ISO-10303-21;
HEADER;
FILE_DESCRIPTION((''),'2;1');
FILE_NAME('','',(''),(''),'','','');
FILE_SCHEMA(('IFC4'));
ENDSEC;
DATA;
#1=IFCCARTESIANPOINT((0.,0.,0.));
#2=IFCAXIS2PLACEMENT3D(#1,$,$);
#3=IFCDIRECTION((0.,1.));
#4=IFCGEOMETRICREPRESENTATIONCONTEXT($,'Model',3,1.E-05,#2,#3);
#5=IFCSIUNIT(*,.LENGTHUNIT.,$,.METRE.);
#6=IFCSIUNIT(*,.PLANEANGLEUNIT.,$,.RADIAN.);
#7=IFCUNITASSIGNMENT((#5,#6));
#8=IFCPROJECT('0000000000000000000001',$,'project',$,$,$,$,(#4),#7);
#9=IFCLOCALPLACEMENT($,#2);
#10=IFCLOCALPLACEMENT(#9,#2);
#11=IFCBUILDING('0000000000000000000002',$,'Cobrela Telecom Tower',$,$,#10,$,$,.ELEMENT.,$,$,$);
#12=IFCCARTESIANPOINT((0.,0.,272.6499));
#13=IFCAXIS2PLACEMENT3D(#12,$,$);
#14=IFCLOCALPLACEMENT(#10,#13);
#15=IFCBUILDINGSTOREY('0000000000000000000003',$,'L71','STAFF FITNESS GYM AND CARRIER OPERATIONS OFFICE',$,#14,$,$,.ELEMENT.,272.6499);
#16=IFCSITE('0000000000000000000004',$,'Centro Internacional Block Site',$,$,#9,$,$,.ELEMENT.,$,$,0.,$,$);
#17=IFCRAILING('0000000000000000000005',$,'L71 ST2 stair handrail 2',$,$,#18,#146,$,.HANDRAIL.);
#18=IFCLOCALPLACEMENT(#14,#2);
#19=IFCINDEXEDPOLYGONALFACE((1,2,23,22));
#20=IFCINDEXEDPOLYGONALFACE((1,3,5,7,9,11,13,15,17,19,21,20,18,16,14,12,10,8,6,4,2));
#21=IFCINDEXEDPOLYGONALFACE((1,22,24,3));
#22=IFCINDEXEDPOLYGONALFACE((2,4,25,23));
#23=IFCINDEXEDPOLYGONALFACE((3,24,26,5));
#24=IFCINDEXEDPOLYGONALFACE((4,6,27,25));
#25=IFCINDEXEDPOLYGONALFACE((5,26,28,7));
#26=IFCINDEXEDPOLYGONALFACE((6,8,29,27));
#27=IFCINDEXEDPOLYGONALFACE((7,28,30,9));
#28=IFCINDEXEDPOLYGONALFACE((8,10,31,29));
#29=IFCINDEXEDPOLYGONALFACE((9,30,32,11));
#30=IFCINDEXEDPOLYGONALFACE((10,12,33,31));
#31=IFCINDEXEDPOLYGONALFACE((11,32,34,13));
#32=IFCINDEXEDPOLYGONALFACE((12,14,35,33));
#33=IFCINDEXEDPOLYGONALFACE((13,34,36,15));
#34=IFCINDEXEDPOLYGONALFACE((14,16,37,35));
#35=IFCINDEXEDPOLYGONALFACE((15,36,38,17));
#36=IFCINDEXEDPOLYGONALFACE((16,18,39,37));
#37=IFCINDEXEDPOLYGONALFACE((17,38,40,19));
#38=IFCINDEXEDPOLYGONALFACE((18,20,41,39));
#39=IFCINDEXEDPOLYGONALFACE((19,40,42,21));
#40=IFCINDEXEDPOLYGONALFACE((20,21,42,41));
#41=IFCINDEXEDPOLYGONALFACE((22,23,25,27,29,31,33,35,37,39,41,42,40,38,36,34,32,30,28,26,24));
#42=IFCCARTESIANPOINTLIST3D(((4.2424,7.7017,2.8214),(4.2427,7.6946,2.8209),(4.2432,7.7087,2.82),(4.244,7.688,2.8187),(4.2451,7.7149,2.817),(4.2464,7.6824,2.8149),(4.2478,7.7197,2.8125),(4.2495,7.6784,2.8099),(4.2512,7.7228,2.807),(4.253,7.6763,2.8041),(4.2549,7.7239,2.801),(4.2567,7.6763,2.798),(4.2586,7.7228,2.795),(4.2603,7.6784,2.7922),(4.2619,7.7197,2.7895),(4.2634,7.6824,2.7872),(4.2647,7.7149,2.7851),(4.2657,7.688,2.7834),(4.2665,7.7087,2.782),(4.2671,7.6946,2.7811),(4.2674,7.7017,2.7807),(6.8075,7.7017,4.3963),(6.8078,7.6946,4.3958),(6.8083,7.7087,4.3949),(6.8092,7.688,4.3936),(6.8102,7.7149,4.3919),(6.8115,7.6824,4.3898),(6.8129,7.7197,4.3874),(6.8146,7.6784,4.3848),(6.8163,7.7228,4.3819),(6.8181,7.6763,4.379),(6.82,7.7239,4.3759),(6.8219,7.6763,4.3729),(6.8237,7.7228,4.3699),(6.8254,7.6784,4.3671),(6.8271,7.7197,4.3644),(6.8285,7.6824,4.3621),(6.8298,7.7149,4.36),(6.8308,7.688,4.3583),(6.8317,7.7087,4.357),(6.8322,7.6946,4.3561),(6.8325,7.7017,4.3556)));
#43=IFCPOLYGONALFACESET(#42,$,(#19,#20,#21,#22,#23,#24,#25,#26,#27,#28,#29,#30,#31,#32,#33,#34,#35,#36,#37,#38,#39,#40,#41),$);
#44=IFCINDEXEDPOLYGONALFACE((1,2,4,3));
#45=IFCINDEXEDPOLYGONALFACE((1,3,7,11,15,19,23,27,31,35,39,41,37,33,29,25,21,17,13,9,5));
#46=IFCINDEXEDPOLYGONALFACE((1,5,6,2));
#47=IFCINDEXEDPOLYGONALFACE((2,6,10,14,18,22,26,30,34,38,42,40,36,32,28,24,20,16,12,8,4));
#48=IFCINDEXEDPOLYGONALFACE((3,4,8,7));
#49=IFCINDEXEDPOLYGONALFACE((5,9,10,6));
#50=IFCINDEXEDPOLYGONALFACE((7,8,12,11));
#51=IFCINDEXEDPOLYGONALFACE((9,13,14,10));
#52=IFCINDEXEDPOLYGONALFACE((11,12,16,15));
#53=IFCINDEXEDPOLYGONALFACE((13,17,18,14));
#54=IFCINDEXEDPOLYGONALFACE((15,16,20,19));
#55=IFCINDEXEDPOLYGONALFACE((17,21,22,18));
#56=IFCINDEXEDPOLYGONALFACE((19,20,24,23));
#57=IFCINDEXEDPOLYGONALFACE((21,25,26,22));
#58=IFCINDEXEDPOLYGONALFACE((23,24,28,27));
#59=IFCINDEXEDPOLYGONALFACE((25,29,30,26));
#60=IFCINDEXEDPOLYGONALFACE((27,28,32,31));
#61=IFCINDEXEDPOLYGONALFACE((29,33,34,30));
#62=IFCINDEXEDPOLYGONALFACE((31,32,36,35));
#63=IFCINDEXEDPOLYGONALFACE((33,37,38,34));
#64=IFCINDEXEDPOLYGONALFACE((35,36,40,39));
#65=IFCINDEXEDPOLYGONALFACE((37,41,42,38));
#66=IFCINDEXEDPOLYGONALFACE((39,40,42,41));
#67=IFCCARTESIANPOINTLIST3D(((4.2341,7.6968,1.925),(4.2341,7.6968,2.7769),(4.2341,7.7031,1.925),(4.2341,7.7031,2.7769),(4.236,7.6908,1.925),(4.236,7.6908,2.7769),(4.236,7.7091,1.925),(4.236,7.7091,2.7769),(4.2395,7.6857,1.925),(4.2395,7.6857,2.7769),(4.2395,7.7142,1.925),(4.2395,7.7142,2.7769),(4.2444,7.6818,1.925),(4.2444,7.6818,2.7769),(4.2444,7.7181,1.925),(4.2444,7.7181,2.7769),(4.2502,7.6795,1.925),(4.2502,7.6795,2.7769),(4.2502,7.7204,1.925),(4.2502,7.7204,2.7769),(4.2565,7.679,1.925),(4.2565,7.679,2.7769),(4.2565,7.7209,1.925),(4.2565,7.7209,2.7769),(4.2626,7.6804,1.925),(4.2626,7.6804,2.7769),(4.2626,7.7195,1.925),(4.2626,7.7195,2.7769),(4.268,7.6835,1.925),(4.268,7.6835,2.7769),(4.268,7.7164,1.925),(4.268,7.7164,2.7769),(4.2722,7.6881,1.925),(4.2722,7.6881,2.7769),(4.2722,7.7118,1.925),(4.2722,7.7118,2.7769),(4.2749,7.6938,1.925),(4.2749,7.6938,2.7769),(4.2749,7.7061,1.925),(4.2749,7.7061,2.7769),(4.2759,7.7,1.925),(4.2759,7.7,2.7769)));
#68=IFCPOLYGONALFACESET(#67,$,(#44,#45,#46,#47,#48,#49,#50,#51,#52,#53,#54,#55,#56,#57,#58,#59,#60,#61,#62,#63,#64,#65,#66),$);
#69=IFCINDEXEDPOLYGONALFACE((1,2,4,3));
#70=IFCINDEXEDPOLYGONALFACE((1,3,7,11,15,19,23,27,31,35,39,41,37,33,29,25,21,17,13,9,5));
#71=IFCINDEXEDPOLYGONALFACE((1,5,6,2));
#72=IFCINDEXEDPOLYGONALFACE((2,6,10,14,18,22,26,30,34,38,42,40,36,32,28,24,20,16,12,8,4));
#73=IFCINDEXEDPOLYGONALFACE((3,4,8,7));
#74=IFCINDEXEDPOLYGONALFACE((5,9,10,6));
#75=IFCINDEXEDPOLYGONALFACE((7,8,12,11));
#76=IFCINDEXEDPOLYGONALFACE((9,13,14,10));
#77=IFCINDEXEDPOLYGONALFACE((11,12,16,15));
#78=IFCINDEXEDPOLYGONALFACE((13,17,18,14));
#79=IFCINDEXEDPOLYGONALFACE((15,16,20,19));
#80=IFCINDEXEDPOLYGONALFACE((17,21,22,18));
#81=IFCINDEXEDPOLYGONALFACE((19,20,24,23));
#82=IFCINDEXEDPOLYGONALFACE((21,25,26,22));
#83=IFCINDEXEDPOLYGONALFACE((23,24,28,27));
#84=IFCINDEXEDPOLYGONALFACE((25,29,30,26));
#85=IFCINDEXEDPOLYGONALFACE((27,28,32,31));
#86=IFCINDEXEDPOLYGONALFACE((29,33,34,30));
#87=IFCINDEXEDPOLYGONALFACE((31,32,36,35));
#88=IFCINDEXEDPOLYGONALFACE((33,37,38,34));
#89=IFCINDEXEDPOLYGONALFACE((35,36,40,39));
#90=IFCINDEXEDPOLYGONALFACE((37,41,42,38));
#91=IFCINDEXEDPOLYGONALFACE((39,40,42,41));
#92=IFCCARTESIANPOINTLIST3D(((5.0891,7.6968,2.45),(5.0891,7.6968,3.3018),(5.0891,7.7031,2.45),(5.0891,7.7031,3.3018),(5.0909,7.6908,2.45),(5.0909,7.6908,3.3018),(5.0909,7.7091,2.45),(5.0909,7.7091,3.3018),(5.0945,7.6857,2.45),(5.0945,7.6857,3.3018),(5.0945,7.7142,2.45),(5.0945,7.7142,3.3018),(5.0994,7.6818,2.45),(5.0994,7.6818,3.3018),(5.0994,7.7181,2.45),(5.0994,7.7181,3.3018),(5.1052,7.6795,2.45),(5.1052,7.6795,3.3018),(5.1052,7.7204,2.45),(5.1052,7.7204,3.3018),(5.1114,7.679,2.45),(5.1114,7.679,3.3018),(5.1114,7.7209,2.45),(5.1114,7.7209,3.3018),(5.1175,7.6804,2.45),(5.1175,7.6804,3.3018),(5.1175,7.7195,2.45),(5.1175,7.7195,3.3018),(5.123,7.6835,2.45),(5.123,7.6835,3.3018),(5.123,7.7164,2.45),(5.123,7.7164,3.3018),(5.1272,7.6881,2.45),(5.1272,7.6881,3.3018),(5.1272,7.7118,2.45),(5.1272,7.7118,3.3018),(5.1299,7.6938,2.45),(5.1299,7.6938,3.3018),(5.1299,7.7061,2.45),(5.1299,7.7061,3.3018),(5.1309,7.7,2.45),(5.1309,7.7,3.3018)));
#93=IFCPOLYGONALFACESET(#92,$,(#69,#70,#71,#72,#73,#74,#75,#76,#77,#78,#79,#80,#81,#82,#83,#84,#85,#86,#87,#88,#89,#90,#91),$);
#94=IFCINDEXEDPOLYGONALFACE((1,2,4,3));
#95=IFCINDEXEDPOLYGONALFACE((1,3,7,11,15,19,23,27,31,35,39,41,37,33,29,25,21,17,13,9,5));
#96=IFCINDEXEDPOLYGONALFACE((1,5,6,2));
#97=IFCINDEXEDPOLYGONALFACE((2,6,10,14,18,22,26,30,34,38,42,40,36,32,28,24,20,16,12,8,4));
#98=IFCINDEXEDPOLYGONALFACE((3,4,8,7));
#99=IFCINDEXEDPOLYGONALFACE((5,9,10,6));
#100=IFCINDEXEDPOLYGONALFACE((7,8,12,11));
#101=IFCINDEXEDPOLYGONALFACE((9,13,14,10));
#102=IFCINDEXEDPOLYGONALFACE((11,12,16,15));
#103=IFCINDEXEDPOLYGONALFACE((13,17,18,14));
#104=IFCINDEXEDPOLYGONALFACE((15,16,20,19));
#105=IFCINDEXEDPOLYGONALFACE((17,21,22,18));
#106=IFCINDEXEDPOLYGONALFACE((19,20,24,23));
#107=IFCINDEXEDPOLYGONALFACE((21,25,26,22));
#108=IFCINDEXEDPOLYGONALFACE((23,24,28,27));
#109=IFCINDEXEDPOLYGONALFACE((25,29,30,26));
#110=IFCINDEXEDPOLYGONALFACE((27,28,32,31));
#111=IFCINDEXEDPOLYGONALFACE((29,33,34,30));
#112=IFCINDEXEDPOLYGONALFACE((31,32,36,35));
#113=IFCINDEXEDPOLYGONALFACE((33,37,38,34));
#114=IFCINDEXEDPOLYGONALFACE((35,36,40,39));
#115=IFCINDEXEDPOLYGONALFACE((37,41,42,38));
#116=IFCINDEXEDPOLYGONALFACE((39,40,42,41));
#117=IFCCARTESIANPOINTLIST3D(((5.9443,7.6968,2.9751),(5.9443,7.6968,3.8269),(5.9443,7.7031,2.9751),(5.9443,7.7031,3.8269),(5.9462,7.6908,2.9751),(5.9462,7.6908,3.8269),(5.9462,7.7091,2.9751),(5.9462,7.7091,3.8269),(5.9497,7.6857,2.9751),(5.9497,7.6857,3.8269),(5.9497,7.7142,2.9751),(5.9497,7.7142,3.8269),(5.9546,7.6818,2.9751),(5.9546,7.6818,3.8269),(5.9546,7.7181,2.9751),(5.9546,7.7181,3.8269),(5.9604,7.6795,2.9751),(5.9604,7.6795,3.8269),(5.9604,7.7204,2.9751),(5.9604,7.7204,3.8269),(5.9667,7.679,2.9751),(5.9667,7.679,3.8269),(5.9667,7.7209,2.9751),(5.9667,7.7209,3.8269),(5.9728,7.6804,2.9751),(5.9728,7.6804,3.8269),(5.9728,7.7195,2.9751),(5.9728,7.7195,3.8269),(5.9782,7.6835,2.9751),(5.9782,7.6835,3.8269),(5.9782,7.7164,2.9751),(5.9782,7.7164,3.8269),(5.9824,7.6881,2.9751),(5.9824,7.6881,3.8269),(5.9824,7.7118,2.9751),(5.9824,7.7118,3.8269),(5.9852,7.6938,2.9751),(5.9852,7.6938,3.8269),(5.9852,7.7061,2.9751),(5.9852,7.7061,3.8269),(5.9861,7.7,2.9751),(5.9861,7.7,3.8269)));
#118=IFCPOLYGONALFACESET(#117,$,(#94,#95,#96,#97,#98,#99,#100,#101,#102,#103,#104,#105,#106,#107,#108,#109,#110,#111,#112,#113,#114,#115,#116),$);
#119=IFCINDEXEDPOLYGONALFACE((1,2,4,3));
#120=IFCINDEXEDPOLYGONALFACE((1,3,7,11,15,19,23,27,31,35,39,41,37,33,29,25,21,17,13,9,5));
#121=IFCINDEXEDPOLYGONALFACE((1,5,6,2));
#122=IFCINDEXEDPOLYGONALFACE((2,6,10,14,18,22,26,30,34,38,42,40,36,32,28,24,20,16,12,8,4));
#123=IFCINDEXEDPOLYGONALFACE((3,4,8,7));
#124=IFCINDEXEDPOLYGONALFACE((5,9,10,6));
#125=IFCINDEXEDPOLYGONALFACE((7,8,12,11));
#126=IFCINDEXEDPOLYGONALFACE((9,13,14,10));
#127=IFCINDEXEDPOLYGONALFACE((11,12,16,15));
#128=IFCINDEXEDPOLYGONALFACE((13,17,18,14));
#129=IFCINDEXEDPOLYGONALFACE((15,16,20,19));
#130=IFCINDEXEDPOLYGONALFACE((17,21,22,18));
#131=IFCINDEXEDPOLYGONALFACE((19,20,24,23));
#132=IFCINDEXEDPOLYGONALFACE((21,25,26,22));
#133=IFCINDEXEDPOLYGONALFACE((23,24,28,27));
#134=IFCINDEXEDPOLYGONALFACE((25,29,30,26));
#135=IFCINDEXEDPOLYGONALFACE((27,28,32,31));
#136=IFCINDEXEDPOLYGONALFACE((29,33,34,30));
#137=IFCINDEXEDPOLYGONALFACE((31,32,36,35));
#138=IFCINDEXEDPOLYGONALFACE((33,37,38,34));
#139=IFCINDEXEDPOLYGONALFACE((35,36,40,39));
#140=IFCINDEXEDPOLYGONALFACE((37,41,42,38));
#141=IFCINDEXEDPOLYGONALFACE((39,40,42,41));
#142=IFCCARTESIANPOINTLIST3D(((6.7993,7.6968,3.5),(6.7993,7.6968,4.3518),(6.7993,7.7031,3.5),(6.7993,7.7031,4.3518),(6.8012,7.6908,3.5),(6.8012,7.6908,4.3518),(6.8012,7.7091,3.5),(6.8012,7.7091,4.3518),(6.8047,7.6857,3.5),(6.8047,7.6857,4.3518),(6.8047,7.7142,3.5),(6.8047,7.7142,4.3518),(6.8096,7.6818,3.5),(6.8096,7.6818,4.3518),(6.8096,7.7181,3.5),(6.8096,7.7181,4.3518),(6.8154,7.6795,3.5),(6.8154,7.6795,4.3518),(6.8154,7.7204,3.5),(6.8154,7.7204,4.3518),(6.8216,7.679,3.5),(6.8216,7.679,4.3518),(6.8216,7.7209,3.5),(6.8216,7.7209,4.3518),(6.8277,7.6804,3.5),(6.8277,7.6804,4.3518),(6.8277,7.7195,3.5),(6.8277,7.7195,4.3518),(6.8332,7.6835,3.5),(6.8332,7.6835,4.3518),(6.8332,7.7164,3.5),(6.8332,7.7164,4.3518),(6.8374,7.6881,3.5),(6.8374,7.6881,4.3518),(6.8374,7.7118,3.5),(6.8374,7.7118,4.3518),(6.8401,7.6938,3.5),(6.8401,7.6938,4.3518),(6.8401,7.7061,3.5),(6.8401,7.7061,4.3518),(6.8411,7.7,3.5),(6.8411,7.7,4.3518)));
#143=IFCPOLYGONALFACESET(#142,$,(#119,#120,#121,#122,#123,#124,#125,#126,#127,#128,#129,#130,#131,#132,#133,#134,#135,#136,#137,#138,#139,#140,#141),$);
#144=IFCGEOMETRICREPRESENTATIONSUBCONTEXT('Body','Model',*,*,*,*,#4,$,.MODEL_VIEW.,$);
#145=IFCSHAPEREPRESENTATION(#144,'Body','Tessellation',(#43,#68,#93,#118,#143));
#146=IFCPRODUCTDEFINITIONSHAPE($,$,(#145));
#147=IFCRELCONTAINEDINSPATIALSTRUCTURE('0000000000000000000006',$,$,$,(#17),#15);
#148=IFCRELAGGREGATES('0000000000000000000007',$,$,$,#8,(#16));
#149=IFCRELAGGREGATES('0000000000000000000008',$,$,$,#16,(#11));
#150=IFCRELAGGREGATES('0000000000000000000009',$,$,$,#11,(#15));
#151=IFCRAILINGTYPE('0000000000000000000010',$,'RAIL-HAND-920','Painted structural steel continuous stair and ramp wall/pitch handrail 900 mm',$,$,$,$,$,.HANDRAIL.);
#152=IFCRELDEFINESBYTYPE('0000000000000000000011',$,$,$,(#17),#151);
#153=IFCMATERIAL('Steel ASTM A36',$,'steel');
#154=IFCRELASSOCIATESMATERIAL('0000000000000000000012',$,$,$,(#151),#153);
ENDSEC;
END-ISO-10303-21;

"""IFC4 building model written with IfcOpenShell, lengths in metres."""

from ifc_helpers import new_model, si_unit, direction, frame, origin, origin_2d, place, context, subcontext, project, spatial, circle, extrude, material, type_object, element, save


model = new_model("IFC4")

# Units and contexts
model_context = context("Model", 3, precision=1e-05, world=origin(), true_north=direction((0.0, 1.0)))
body_context = subcontext(model_context, "Body", "Model", "MODEL_VIEW")
ifc_project = project(units=[si_unit("LENGTHUNIT", "METRE"), si_unit("PLANEANGLEUNIT", "RADIAN")], contexts=[model_context])

# Site, building, storey
site_placement = place(None, origin())
site = spatial("IfcSite", under=ifc_project, at=site_placement, Name="Centro Internacional Block Site", CompositionType="ELEMENT", RefElevation=0.0)
building_placement = place(site_placement, origin())
building = spatial("IfcBuilding", under=site, at=building_placement, Name="Cobrela Telecom Tower", CompositionType="ELEMENT")
storey_placement = place(building_placement, frame((0.0, 0.0, 272.6499)))
storey = spatial("IfcBuildingStorey", under=building, at=storey_placement, Name="L71", Description="STAFF FITNESS GYM AND CARRIER OPERATIONS OFFICE", CompositionType="ELEMENT", Elevation=272.6499)

# Railing
ifc_material_1 = material(Name="Steel ASTM A36", Category="steel")
railing_type = type_object("IfcRailingType", Name="RAIL-HAND-920", Description="Painted structural steel continuous stair and ramp wall/pitch handrail 900 mm", PredefinedType="HANDRAIL", material=ifc_material_1)
railing_placement = place(storey_placement, frame((4.2549, 7.7, 1.925)))
element("IfcRailing", 1, at=railing_placement, inside=storey, type_object=railing_type, Name="L71 ST2 stair handrail 2", PredefinedType="HANDRAIL", context=body_context, shape_type="SweptSolid", body=[
    extrude(circle(Radius=0.0239, at=origin_2d()), frame((0.0, 0.0, 0.876), z_axis=(0.852195, 0.0, 0.523224), x_axis=(0.0, 1.0, 0.0)), (0.0, 0.0, 1.0), 3.01),
    extrude(circle(Radius=0.021, at=origin_2d()), origin(), (0.0, 0.0, 1.0), 0.8518),
    extrude(circle(Radius=0.021, at=origin_2d()), frame((0.855, 0.0, 0.5249)), (0.0, 0.0, 1.0), 0.8518),
    extrude(circle(Radius=0.021, at=origin_2d()), frame((1.7102, 0.0, 1.05)), (0.0, 0.0, 1.0), 0.8518),
    extrude(circle(Radius=0.021, at=origin_2d()), frame((2.5652, 0.0, 1.575)), (0.0, 0.0, 1.0), 0.8518),
])

save(model, "model.ifc")
